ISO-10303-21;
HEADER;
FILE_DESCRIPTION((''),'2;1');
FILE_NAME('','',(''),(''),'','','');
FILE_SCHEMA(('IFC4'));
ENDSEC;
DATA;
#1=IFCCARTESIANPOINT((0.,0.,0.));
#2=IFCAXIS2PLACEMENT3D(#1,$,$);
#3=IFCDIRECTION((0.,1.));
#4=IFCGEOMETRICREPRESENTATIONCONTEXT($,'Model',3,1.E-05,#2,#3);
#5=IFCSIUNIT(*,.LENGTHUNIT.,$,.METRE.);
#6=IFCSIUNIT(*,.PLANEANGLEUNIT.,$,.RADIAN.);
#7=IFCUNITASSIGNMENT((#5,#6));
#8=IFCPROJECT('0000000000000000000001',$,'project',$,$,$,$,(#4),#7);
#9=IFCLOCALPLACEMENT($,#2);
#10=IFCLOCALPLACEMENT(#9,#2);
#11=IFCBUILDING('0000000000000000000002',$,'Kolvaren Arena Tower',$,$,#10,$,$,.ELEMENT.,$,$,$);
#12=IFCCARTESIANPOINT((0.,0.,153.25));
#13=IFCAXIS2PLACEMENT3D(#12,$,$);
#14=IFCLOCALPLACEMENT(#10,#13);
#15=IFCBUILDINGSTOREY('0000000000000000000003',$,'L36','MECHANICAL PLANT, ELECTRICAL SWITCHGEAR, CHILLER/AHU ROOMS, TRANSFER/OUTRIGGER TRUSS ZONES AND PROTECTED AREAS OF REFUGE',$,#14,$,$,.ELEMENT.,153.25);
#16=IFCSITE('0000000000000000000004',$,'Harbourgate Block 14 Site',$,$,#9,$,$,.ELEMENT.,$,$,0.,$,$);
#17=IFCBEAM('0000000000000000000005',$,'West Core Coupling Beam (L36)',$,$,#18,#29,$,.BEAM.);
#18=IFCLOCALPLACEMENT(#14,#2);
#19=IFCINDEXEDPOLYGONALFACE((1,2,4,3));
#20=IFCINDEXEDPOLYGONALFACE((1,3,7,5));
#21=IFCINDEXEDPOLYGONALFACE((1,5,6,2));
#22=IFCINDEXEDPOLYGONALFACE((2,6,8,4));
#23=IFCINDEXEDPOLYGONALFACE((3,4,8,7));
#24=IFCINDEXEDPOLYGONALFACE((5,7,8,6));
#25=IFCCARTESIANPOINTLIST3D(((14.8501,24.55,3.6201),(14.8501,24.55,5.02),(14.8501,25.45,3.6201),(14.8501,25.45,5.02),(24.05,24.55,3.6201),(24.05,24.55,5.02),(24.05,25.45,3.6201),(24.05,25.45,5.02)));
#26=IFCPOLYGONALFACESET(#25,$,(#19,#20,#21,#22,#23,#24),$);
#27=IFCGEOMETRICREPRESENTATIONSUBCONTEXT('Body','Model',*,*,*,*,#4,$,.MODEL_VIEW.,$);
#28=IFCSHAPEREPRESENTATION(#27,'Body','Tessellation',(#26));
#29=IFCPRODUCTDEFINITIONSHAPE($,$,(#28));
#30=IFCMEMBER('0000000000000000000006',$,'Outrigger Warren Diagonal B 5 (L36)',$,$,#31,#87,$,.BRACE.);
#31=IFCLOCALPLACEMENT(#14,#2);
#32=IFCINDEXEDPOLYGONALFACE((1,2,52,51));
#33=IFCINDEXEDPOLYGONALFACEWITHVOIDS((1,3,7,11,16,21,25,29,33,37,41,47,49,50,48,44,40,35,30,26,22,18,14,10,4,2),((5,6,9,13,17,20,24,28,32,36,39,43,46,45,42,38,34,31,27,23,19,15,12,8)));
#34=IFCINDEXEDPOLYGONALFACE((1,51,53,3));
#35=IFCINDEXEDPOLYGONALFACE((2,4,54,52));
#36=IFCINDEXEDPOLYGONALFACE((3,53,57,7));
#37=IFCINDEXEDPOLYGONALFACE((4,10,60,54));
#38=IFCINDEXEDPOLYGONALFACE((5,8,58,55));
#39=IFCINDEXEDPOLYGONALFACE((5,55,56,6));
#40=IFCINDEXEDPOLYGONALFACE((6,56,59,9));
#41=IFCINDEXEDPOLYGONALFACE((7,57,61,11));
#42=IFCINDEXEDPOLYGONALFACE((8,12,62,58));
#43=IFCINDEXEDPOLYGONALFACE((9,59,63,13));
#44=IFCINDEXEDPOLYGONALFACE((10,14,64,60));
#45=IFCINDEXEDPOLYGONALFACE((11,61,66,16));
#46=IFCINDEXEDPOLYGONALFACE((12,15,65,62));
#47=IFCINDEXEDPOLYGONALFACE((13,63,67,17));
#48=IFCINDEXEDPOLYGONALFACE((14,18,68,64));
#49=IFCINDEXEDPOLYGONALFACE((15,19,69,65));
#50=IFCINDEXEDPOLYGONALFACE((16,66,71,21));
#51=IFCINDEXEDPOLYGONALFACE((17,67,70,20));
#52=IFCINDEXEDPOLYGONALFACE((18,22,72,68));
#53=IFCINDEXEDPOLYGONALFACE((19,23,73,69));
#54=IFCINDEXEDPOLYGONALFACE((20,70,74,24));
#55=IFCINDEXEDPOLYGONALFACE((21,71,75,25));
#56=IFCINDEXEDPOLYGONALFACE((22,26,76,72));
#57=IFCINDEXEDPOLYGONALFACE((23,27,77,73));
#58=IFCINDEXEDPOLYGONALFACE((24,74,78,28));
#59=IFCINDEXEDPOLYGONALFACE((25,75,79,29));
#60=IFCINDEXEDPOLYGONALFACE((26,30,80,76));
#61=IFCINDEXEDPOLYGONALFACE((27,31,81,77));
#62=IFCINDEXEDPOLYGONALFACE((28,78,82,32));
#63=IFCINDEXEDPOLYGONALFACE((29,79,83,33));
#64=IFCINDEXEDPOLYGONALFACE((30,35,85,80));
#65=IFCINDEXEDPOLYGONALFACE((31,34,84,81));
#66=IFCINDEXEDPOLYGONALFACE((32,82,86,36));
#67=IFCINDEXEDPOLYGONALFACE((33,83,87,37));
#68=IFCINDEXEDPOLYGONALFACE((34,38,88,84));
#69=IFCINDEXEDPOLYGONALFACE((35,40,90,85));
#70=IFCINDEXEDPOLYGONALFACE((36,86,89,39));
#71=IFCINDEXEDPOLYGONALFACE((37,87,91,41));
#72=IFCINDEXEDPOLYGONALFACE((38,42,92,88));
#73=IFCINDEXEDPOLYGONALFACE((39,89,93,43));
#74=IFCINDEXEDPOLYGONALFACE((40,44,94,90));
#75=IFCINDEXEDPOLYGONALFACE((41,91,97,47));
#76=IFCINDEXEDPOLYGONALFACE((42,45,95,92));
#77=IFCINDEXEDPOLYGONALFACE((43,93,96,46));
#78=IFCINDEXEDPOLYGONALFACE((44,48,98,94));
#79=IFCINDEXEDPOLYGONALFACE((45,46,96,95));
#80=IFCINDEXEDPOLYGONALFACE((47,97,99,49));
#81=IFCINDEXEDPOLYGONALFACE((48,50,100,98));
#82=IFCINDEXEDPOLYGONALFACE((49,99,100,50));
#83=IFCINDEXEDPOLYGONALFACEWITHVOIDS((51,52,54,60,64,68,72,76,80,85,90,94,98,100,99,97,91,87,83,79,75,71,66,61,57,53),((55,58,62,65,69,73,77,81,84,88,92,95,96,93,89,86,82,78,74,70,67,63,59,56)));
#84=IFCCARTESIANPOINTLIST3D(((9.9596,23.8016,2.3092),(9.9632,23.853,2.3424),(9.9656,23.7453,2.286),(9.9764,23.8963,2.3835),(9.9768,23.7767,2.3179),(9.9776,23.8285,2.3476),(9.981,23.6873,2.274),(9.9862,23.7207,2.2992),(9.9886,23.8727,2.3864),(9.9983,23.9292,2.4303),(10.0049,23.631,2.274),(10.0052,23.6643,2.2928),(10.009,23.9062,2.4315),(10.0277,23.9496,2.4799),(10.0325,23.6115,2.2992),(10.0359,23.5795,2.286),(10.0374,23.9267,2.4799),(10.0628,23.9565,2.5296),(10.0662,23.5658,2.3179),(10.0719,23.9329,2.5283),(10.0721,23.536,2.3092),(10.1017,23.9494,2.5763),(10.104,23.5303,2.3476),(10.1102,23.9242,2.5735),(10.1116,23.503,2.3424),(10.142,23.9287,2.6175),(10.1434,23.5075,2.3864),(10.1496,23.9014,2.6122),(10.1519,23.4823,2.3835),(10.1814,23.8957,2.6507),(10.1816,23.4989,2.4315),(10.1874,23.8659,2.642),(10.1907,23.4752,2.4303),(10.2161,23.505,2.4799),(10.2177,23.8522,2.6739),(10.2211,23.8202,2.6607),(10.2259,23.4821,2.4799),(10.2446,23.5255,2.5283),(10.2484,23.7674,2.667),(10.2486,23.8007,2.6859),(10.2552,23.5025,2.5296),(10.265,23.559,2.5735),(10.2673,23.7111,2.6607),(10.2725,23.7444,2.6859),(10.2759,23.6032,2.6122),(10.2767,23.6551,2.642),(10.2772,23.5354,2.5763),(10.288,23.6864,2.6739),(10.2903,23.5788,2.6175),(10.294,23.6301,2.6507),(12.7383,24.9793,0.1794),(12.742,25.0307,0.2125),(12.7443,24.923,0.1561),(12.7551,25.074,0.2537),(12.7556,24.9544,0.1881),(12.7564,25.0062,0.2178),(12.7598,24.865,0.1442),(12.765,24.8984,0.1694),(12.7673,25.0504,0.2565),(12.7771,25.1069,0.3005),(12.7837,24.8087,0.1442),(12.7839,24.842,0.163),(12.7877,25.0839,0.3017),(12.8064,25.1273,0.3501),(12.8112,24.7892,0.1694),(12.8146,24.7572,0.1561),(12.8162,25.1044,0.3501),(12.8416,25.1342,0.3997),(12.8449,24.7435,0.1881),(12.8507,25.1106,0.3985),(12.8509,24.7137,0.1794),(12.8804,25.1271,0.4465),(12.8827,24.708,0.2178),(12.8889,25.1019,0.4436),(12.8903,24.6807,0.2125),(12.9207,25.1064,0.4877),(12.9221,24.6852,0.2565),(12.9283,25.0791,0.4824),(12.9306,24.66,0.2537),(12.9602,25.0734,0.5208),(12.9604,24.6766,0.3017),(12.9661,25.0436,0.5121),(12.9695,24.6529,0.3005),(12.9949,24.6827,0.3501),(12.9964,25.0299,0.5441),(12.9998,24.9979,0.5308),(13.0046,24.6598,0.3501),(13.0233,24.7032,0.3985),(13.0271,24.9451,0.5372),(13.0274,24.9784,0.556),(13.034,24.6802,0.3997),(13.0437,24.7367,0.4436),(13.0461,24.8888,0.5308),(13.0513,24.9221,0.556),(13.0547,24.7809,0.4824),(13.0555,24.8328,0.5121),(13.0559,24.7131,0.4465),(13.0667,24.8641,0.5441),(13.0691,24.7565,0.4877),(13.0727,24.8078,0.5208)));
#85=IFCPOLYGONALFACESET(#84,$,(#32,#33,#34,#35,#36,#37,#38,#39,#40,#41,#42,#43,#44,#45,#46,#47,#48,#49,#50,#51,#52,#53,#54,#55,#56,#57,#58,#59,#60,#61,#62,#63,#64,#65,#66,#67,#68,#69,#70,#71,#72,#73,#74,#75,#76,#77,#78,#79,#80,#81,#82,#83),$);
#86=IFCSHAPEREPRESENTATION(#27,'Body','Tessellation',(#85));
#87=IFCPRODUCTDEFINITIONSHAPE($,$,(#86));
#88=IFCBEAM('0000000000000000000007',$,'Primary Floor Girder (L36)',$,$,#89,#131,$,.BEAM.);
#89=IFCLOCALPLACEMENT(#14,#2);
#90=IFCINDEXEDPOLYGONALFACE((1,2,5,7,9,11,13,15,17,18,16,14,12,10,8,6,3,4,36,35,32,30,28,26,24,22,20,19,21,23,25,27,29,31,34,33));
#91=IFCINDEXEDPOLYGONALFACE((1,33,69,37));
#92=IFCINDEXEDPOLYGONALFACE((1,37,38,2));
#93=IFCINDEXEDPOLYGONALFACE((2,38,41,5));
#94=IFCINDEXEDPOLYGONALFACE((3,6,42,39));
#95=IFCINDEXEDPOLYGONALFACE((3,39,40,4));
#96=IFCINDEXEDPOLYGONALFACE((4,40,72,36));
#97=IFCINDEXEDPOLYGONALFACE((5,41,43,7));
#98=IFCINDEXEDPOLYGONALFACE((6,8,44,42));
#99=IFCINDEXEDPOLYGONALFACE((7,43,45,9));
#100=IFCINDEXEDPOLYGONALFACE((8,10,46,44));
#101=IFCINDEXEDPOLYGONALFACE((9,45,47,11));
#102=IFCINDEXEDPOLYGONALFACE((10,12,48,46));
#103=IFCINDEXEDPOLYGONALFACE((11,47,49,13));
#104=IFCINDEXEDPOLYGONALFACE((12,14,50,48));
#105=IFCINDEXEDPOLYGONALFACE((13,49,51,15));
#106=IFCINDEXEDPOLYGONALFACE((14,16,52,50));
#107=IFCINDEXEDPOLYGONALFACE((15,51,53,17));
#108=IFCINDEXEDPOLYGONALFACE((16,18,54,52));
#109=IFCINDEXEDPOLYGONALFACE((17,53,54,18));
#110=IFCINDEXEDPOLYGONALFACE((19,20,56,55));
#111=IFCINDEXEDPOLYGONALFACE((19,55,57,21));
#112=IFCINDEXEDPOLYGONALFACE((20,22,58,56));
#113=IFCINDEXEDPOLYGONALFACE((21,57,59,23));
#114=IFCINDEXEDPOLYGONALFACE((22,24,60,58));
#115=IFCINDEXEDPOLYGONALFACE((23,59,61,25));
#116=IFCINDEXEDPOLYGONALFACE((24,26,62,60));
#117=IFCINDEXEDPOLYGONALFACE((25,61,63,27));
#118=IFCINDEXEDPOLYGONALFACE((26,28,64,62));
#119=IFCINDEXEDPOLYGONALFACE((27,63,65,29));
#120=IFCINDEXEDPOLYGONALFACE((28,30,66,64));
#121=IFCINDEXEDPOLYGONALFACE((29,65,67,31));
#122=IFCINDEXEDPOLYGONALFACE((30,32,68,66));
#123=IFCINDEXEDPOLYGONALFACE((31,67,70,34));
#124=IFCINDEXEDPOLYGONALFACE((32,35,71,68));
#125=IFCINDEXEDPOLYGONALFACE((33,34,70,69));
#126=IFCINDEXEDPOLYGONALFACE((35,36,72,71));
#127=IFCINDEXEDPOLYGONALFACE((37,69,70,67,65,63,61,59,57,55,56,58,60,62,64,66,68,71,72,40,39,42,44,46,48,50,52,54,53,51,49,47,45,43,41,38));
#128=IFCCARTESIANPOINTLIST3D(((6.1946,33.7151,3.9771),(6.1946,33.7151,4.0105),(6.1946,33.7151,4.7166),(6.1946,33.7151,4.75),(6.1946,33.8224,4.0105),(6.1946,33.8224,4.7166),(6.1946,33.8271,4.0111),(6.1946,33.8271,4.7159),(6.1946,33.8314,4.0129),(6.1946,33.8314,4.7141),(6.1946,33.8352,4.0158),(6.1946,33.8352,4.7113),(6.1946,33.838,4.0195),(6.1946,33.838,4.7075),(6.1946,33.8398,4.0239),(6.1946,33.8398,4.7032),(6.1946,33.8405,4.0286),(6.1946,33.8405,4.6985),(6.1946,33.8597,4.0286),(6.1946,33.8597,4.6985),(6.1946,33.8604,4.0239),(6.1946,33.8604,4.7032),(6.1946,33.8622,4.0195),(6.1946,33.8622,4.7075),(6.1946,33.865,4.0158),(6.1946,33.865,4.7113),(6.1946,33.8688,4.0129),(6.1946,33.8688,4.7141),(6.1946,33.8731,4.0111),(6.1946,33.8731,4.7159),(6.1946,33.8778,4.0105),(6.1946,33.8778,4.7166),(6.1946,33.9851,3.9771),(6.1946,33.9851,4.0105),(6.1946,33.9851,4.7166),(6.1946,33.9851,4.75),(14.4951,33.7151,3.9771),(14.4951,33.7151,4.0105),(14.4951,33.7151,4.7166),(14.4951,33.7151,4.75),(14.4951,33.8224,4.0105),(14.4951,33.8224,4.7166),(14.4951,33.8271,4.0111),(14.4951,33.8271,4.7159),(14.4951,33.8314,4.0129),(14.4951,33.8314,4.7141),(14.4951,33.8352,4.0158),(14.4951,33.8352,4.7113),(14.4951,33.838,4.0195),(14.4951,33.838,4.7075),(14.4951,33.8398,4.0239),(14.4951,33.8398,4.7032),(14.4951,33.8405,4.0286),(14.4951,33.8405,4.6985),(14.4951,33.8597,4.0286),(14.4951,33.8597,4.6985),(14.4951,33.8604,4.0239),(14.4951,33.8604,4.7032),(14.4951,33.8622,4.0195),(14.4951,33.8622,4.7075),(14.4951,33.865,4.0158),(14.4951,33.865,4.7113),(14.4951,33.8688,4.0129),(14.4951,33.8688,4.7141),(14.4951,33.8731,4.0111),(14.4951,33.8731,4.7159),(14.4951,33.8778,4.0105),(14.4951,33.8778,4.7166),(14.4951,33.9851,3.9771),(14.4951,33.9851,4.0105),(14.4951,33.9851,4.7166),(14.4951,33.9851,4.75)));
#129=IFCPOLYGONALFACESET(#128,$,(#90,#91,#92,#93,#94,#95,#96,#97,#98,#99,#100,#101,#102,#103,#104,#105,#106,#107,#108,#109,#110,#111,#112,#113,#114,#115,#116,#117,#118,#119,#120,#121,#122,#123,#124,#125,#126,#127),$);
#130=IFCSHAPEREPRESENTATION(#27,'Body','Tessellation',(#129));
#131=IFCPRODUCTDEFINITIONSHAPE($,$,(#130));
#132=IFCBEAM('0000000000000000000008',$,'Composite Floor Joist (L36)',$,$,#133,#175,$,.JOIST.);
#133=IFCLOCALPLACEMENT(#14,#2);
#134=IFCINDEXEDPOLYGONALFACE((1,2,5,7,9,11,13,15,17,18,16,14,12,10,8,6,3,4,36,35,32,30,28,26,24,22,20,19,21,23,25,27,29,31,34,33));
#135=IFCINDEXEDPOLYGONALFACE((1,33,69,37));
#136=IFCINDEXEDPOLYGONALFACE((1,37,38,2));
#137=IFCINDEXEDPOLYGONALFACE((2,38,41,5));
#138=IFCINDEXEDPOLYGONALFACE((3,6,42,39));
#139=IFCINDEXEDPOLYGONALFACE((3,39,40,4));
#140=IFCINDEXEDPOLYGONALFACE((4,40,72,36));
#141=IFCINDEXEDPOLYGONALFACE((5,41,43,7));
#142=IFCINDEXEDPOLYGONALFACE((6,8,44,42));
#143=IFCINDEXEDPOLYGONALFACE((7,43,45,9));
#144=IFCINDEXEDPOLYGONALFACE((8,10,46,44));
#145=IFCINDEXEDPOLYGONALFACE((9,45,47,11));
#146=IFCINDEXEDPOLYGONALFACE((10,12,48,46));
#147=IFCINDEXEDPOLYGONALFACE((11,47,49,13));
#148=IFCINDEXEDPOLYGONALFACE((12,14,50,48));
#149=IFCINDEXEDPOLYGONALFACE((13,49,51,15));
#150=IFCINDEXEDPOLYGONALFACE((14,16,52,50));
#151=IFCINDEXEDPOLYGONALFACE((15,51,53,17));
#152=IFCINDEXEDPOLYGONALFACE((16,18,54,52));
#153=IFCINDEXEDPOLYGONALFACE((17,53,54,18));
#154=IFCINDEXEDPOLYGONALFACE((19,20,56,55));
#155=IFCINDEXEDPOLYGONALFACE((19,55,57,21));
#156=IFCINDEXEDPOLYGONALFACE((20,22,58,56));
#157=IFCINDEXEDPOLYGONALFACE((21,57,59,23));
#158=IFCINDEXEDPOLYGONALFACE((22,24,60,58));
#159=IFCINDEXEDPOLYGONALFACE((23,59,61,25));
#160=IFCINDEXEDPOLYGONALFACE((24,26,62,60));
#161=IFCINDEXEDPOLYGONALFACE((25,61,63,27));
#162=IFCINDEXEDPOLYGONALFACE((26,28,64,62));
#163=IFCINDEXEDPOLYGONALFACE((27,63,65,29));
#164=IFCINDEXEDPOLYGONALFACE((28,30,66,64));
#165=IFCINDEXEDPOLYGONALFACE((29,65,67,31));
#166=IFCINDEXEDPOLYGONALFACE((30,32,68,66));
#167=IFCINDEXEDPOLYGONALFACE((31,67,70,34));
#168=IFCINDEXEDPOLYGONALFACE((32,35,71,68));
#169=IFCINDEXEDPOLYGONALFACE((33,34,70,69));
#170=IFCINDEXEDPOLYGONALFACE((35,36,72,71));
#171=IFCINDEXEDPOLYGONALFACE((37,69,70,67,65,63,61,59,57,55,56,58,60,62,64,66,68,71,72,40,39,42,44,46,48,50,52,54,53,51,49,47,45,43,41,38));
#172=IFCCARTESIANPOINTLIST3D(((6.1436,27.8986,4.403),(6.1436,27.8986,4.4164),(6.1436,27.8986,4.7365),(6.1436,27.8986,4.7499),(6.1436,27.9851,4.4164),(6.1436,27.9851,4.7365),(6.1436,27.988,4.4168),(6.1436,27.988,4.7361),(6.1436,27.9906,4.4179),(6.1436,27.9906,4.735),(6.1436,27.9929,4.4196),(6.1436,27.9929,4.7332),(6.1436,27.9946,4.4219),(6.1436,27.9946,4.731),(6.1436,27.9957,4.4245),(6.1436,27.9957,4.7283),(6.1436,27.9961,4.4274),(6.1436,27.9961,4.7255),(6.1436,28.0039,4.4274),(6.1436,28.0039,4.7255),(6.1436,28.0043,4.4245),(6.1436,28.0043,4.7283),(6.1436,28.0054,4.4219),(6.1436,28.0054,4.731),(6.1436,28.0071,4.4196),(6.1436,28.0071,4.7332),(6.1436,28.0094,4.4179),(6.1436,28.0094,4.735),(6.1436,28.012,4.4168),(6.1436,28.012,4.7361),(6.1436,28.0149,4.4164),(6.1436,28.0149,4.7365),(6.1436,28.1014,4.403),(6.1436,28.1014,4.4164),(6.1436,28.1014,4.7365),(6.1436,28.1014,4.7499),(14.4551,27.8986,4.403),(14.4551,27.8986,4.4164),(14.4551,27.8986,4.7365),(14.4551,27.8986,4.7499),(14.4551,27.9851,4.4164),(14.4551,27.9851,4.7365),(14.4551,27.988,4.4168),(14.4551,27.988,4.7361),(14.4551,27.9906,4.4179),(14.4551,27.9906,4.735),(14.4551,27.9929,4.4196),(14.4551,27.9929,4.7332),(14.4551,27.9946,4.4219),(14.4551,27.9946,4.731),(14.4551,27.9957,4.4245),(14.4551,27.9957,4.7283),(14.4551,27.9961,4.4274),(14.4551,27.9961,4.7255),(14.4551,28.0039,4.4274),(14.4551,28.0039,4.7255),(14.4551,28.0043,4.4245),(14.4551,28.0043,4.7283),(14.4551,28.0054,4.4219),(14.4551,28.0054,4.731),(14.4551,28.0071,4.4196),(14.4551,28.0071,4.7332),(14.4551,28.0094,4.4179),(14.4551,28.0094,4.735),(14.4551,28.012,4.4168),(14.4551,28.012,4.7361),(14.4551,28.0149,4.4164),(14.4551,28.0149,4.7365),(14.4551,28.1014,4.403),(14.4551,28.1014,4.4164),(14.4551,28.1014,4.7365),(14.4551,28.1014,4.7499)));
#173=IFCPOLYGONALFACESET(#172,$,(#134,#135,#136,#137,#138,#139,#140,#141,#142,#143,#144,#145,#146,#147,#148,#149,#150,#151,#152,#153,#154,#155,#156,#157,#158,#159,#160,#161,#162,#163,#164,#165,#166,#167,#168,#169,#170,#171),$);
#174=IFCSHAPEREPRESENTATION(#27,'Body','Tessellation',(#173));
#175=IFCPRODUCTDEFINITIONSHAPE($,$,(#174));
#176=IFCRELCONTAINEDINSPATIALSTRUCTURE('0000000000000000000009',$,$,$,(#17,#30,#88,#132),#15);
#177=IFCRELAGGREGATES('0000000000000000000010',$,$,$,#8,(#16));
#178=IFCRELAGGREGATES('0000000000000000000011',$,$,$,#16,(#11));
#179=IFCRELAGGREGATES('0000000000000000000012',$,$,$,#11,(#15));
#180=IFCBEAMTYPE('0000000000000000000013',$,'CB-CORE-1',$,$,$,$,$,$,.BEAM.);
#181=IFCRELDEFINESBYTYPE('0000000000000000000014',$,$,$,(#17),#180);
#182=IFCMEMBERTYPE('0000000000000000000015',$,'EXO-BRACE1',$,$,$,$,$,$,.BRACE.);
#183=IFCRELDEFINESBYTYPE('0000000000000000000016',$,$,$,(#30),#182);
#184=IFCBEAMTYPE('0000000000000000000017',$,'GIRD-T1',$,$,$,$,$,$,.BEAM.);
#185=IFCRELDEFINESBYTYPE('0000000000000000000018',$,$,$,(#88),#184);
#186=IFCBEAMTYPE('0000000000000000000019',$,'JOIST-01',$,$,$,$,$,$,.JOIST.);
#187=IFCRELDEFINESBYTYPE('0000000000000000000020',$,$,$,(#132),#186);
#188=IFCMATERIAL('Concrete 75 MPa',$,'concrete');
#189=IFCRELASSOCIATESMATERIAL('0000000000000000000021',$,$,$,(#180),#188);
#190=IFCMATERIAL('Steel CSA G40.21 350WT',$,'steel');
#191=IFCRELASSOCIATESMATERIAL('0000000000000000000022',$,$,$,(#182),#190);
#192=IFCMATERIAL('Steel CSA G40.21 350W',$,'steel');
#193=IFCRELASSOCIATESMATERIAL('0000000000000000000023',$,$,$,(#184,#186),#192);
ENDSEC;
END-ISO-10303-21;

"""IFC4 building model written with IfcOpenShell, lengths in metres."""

from ifc_helpers import new_model, si_unit, direction, frame, origin, origin_2d, place, context, subcontext, project, spatial, rectangle, hollow_circle, i_section, extrude, material, material_profile, profile_set, type_object, element, save


model = new_model("IFC4")

# Units and contexts
model_context = context("Model", 3, precision=1e-05, world=origin(), true_north=direction((0.0, 1.0)))
body_context = subcontext(model_context, "Body", "Model", "MODEL_VIEW")
ifc_project = project(units=[si_unit("LENGTHUNIT", "METRE"), si_unit("PLANEANGLEUNIT", "RADIAN")], contexts=[model_context])

# Site, building, storey
site_placement = place(None, origin())
site = spatial("IfcSite", under=ifc_project, at=site_placement, Name="Harbourgate Block 14 Site", CompositionType="ELEMENT", RefElevation=0.0)
building_placement = place(site_placement, origin())
building = spatial("IfcBuilding", under=site, at=building_placement, Name="Kolvaren Arena Tower", CompositionType="ELEMENT")
storey_placement = place(building_placement, frame((0.0, 0.0, 153.25)))
storey = spatial("IfcBuildingStorey", under=building, at=storey_placement, Name="L36", Description="MECHANICAL PLANT, ELECTRICAL SWITCHGEAR, CHILLER/AHU ROOMS, TRANSFER/OUTRIGGER TRUSS ZONES AND PROTECTED AREAS OF REFUGE", CompositionType="ELEMENT", Elevation=153.25)

# Shared definitions
ifc_material_1 = material(Name="Steel CSA G40.21 350W", Category="steel")

# Shared definitions
ifc_material_2 = material(Name="Steel CSA G40.21 350WT", Category="steel")

# Beam
ifc_material_3 = material(Name="Concrete 75 MPa", Category="concrete")
ifc_material_profile_1 = material_profile(ifc_material_3, rectangle(XDim=0.8999, YDim=1.3999, at=origin_2d()), Name="RC-900x1400")
ifc_profile_set_1 = profile_set([ifc_material_profile_1], Name="Concrete 75 MPa")
beam_type_1 = type_object("IfcBeamType", Name="CB-CORE-1", PredefinedType="BEAM", material=ifc_profile_set_1)
beam_1_placement = place(storey_placement, frame((14.8501, 25.0, 4.3201), z_axis=(1.0, 0.0, 0.0), x_axis=(0.0, 1.0, 0.0)))
element("IfcBeam", 1, at=beam_1_placement, inside=storey, type_object=beam_type_1, Name="West Core Coupling Beam (L36)", PredefinedType="BEAM", context=body_context, shape_type="SweptSolid", body=[
    extrude(rectangle(XDim=0.8999, YDim=1.3999, at=origin_2d()), origin(), (0.0, 0.0, 1.0), 9.2),
])

# Member
ifc_material_profile_2 = material_profile(ifc_material_2, hollow_circle(Radius=0.2539, WallThickness=0.0249, at=origin_2d()), Name="CHS 508x25")
ifc_profile_set_2 = profile_set([ifc_material_profile_2], Name="Steel CSA G40.21 350WT")
member_type_1 = type_object("IfcMemberType", Name="EXO-BRACE1", PredefinedType="BRACE", material=ifc_profile_set_2)
member_1_placement = place(storey_placement, frame((12.9055, 24.8936, 0.3501), z_axis=(-0.75226, -0.318828, 0.576587), x_axis=(0.390226, -0.920719, 0.0)))
element("IfcMember", 2, at=member_1_placement, inside=storey, type_object=member_type_1, Name="Outrigger Warren Diagonal B 5 (L36)", PredefinedType="BRACE", context=body_context, shape_type="SweptSolid", body=[
    extrude(hollow_circle(Radius=0.2539, WallThickness=0.0249, at=origin_2d()), origin(), (0.0, 0.0, 1.0), 3.6938),
])

# Beams
ifc_material_profile_3 = material_profile(ifc_material_1, i_section(OverallWidth=0.27, OverallDepth=0.7729, WebThickness=0.0193, FlangeThickness=0.0334, FilletRadius=0.0181, at=origin_2d()), Name="W760x257")
ifc_profile_set_3 = profile_set([ifc_material_profile_3], Name="Steel CSA G40.21 350W")
beam_type_2 = type_object("IfcBeamType", Name="GIRD-T1", PredefinedType="BEAM", material=ifc_profile_set_3)
beam_2_placement = place(storey_placement, frame((6.1946, 33.8501, 4.3635), z_axis=(1.0, 0.0, 0.0), x_axis=(0.0, 1.0, 0.0)))
element("IfcBeam", 3, at=beam_2_placement, inside=storey, type_object=beam_type_2, Name="Primary Floor Girder (L36)", PredefinedType="BEAM", context=body_context, shape_type="SweptSolid", body=[
    extrude(i_section(OverallWidth=0.27, OverallDepth=0.7729, WebThickness=0.0193, FlangeThickness=0.0334, FilletRadius=0.0181, at=origin_2d()), origin(), (0.0, 0.0, 1.0), 8.3005),
])
ifc_material_profile_4 = material_profile(ifc_material_1, i_section(OverallWidth=0.2029, OverallDepth=0.3469, WebThickness=0.0078, FlangeThickness=0.0134, FilletRadius=0.011, at=origin_2d()), Name="W360x64")
ifc_profile_set_4 = profile_set([ifc_material_profile_4], Name="Steel CSA G40.21 350W")
beam_type_3 = type_object("IfcBeamType", Name="JOIST-01", PredefinedType="JOIST", material=ifc_profile_set_4)
beam_3_placement = place(storey_placement, frame((6.1436, 28.0, 4.5764), z_axis=(1.0, 0.0, 0.0), x_axis=(0.0, 1.0, 0.0)))
element("IfcBeam", 4, at=beam_3_placement, inside=storey, type_object=beam_type_3, Name="Composite Floor Joist (L36)", PredefinedType="JOIST", context=body_context, shape_type="SweptSolid", body=[
    extrude(i_section(OverallWidth=0.2029, OverallDepth=0.3469, WebThickness=0.0078, FlangeThickness=0.0134, FilletRadius=0.011, at=origin_2d()), origin(), (0.0, 0.0, 1.0), 8.3115),
])

save(model, "model.ifc")
